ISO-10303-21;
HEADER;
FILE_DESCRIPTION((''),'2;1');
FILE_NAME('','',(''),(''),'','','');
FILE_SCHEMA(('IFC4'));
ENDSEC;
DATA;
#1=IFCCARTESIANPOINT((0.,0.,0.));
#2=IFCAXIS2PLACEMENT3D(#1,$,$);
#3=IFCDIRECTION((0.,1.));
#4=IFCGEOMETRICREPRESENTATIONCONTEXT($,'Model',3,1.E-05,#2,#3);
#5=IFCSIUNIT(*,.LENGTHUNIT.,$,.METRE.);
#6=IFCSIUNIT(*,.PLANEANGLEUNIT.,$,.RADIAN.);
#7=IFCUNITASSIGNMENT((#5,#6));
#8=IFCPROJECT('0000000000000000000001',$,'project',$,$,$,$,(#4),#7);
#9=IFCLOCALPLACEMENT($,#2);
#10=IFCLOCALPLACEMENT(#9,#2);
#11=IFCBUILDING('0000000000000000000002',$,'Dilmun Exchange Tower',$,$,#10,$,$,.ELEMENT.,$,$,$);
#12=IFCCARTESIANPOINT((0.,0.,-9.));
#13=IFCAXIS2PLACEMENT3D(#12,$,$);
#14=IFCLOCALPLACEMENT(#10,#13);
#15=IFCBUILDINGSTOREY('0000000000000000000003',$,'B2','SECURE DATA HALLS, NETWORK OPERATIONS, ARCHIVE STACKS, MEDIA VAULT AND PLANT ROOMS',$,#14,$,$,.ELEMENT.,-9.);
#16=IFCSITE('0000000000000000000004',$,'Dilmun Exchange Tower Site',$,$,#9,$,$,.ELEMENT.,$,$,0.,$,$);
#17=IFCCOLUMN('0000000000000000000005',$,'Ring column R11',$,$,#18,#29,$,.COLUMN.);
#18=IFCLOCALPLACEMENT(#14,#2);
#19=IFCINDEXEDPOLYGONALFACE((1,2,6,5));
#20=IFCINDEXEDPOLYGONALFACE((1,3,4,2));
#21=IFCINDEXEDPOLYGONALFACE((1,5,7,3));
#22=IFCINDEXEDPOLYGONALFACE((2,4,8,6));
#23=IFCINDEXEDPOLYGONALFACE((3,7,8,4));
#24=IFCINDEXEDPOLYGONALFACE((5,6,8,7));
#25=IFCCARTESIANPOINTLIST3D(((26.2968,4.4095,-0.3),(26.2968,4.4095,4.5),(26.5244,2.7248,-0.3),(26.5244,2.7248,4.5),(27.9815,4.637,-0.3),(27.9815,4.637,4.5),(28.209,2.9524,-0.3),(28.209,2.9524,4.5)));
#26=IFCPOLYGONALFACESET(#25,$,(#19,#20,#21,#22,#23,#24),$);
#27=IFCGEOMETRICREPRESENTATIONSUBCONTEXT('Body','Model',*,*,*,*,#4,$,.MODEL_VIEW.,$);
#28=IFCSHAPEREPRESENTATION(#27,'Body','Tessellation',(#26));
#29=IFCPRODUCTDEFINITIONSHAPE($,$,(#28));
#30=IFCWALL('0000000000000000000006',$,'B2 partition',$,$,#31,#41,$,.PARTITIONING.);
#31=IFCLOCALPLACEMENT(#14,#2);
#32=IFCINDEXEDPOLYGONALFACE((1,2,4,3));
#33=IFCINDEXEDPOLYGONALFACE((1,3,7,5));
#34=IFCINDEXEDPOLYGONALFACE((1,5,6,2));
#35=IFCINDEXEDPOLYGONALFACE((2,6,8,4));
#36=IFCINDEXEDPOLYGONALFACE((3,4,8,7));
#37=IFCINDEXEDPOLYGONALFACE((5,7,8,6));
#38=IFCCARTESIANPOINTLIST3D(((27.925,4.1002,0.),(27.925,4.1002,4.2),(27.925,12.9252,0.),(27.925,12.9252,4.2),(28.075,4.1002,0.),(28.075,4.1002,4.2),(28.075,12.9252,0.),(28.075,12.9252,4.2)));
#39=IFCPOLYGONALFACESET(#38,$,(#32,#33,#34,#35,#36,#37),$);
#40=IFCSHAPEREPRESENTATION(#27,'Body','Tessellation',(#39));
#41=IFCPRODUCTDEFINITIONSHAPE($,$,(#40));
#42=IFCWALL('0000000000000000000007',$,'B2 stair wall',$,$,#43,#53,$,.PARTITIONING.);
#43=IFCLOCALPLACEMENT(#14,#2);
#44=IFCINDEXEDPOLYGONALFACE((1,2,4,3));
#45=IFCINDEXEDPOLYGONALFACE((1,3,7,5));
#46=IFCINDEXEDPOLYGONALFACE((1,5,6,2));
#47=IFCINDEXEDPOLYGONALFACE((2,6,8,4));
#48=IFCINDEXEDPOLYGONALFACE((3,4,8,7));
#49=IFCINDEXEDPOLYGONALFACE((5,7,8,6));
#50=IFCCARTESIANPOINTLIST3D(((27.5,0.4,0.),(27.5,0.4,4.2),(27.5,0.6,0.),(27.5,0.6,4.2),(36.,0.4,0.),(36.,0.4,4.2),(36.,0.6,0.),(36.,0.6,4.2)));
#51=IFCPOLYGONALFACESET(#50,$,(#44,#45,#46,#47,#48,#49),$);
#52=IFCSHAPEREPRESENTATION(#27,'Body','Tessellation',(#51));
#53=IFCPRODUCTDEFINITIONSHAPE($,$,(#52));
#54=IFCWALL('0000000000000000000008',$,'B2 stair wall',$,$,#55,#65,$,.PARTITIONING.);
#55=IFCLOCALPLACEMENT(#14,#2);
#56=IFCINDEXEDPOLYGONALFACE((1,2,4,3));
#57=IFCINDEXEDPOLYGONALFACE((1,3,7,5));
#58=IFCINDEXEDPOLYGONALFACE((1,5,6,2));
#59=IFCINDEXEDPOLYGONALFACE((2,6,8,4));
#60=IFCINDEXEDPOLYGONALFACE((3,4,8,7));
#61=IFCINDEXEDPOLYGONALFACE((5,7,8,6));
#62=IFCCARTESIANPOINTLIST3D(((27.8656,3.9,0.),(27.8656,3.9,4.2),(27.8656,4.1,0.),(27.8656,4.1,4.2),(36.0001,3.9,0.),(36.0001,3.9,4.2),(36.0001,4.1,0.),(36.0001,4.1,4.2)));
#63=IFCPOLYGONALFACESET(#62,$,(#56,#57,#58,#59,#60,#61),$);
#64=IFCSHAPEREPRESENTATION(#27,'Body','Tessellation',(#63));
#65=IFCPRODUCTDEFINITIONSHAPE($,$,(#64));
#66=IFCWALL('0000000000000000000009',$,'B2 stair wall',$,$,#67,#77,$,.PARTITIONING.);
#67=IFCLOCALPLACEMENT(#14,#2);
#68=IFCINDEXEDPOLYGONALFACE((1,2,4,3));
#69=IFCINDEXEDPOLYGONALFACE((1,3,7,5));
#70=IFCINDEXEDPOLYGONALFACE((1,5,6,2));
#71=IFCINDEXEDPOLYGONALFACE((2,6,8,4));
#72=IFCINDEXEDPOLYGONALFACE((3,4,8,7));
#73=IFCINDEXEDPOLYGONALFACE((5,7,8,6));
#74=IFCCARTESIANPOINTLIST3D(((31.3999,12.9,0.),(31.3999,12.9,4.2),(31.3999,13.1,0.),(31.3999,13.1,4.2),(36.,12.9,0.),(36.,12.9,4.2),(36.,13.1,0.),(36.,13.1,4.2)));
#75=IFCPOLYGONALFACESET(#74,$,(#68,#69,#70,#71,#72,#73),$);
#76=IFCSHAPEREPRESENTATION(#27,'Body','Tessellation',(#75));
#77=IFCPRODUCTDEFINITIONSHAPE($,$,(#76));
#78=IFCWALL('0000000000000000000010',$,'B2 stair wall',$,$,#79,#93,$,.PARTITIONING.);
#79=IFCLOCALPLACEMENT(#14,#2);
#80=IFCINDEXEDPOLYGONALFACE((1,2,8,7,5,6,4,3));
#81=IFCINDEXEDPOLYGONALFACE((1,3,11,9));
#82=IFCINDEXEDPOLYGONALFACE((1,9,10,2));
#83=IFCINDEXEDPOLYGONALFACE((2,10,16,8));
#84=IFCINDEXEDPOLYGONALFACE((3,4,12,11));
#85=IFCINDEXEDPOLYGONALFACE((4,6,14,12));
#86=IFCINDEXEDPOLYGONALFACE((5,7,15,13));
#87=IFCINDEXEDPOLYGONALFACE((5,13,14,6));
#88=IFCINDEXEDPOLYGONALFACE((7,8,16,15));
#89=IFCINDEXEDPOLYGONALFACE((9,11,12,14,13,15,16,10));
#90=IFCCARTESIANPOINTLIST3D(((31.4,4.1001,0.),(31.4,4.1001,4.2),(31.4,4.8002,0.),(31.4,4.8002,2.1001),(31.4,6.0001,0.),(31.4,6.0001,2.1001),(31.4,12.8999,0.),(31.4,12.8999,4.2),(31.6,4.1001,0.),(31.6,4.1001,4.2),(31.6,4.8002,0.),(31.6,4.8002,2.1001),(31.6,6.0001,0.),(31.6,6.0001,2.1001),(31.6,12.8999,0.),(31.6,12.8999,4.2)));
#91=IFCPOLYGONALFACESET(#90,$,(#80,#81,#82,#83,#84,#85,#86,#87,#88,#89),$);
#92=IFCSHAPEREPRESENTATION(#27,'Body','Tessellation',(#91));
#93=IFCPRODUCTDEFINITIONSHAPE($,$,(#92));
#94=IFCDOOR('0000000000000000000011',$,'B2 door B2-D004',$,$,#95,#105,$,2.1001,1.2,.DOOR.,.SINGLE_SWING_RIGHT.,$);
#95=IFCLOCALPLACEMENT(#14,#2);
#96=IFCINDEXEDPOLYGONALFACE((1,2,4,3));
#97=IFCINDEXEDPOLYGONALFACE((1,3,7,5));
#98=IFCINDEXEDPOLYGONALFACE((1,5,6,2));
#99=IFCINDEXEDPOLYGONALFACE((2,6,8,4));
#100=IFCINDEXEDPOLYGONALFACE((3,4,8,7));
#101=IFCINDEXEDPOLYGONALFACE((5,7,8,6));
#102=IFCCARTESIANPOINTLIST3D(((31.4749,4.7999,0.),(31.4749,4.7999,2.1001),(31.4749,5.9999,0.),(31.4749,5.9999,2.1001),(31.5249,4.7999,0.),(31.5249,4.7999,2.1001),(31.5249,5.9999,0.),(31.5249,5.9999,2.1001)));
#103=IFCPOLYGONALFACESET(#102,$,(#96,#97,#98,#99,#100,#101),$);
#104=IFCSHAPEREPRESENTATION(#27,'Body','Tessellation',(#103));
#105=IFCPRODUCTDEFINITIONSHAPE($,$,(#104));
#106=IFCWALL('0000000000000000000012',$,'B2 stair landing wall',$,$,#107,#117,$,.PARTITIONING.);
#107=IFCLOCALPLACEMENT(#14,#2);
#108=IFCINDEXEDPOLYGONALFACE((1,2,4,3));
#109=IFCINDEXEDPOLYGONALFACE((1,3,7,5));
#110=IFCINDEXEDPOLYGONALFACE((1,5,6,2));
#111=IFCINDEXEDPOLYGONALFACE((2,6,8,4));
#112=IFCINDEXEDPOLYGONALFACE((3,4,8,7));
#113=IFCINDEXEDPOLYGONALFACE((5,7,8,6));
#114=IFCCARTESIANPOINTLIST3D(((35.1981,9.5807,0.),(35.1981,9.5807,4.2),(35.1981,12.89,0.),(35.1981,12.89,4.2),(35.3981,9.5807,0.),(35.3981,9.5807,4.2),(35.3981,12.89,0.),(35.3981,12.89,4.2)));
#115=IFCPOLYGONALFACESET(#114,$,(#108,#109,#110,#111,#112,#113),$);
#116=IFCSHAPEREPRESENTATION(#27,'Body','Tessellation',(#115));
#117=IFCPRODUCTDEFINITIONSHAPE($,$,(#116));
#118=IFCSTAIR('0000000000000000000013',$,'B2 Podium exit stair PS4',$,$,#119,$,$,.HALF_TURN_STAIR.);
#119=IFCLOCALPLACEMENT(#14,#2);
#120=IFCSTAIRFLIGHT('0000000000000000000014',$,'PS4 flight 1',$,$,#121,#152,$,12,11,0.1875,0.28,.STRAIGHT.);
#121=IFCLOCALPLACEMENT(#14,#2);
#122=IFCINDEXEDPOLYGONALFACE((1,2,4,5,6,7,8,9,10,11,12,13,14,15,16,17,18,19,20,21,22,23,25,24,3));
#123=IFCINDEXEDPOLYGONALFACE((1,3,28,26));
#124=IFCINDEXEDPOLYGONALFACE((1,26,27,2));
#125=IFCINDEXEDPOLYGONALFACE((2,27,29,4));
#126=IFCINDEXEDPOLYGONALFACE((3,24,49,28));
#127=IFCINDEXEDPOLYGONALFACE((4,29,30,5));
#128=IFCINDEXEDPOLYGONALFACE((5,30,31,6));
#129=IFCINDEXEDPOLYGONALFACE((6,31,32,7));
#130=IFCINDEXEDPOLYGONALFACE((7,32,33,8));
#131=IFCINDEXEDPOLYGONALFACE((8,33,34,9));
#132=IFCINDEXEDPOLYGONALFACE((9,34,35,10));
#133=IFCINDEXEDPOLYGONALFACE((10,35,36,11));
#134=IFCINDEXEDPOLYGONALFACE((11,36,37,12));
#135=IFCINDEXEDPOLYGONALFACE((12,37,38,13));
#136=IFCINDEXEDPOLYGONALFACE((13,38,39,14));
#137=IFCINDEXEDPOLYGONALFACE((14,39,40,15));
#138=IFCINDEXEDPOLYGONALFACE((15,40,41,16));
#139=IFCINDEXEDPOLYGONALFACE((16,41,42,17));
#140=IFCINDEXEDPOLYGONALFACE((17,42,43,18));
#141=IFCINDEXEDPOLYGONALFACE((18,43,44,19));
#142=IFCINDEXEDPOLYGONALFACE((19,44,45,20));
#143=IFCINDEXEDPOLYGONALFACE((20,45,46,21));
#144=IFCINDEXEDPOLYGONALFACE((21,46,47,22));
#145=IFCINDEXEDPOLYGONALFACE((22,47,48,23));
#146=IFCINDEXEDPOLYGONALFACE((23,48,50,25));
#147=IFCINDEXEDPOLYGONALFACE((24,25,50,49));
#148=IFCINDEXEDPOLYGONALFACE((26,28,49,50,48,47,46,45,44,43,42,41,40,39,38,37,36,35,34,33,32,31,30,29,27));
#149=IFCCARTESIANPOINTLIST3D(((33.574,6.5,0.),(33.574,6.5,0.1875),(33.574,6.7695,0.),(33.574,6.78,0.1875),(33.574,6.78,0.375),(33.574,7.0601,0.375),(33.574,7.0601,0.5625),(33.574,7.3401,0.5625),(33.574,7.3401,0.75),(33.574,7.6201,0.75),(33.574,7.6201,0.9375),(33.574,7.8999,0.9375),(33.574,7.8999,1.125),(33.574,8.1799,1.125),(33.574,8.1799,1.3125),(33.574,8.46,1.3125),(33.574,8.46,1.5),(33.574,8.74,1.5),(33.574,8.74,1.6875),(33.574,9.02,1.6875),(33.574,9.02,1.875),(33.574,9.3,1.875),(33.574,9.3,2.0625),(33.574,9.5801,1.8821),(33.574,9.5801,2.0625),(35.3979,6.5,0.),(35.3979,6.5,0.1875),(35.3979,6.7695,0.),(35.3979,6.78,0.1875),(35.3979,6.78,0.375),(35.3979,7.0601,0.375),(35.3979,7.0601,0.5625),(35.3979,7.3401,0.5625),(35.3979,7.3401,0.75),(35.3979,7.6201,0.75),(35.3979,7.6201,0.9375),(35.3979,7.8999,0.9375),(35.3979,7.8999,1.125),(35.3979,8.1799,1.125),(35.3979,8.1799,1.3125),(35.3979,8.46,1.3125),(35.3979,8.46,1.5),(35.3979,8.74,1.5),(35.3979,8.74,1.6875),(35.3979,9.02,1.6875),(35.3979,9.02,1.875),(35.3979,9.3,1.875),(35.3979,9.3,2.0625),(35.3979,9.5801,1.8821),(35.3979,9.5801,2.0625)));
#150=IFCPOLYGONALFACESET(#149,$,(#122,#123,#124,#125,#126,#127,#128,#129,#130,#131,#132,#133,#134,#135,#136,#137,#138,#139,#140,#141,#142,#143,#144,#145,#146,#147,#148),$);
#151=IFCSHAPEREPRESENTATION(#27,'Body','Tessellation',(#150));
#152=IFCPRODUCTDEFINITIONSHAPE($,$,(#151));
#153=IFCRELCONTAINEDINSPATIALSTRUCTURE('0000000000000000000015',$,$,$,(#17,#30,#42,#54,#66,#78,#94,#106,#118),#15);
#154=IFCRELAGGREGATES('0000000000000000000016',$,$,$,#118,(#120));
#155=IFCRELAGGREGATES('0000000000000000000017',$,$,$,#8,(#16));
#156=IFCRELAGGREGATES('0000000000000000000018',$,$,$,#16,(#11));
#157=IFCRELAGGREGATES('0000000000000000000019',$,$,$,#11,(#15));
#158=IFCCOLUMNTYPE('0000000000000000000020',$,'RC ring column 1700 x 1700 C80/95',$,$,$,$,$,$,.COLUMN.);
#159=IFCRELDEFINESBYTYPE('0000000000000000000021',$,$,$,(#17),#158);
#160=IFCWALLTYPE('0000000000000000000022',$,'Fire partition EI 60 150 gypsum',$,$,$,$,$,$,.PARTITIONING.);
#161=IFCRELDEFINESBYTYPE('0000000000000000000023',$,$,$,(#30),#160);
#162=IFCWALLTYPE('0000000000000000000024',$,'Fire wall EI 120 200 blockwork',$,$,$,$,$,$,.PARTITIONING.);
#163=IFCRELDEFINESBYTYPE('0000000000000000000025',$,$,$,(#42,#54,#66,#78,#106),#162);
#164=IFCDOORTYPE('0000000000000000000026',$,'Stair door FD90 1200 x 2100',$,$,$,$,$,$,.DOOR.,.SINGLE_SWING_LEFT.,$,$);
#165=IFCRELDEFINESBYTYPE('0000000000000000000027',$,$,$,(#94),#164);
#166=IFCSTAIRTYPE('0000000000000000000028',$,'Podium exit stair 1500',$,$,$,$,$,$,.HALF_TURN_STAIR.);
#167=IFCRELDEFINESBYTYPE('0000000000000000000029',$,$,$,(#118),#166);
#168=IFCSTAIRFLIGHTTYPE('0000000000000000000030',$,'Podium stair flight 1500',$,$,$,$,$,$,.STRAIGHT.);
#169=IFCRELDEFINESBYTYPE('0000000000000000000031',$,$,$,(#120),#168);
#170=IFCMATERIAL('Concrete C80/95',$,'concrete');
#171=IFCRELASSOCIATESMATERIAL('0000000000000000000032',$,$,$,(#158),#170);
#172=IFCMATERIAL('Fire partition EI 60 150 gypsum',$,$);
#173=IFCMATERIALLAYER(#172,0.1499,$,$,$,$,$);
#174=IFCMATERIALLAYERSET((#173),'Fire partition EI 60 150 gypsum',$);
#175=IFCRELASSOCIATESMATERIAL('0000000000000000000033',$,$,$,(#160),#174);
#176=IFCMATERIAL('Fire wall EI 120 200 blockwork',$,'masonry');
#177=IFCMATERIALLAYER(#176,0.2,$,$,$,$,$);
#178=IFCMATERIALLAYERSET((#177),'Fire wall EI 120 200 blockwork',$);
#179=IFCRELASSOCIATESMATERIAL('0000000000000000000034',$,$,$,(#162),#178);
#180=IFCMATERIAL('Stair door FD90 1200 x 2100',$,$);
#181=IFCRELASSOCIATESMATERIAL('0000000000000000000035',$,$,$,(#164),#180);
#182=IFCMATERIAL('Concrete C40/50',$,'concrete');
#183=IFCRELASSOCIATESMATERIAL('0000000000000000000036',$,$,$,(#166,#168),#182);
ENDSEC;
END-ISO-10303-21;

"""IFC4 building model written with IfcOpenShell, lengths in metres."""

from ifc_helpers import new_model, si_unit, direction, frame, frame_2d, origin, origin_2d, place, context, subcontext, project, spatial, polyline, rectangle, outline, extrude, material, layer, layer_set, material_profile, profile_set, type_object, element, fill, aggregate, save


model = new_model("IFC4")

# Units and contexts
model_context = context("Model", 3, precision=1e-05, world=origin(), true_north=direction((0.0, 1.0)))
body_context = subcontext(model_context, "Body", "Model", "MODEL_VIEW")
ifc_project = project(units=[si_unit("LENGTHUNIT", "METRE"), si_unit("PLANEANGLEUNIT", "RADIAN")], contexts=[model_context])

# Site, building, storey
site_placement = place(None, origin())
site = spatial("IfcSite", under=ifc_project, at=site_placement, Name="Dilmun Exchange Tower Site", CompositionType="ELEMENT", RefElevation=0.0)
building_placement = place(site_placement, origin())
building = spatial("IfcBuilding", under=site, at=building_placement, Name="Dilmun Exchange Tower", CompositionType="ELEMENT")
storey_placement = place(building_placement, frame((0.0, 0.0, -9.0)))
storey = spatial("IfcBuildingStorey", under=building, at=storey_placement, Name="B2", Description="SECURE DATA HALLS, NETWORK OPERATIONS, ARCHIVE STACKS, MEDIA VAULT AND PLANT ROOMS", CompositionType="ELEMENT", Elevation=-9.0)

# Column
ifc_material_1 = material(Name="Concrete C80/95", Category="concrete")
ifc_material_profile_1 = material_profile(ifc_material_1, rectangle(XDim=1.7, YDim=1.7, at=origin_2d()), Name="1700 x 1700")
ifc_profile_set_1 = profile_set([ifc_material_profile_1], Name="Concrete C80/95")
column_type_1 = type_object("IfcColumnType", Name="RC ring column 1700 x 1700 C80/95", PredefinedType="COLUMN", material=ifc_profile_set_1)
column_1_placement = place(storey_placement, frame((27.2529, 3.6809, -0.3), z_axis=(0.0, 0.0, 1.0), x_axis=(0.991001, 0.133853, 0.0)))
element("IfcColumn", 1, at=column_1_placement, inside=storey, type_object=column_type_1, Name="Ring column R11", PredefinedType="COLUMN", context=body_context, shape_type="SweptSolid", body=[
    extrude(rectangle(XDim=1.7, YDim=1.7, at=origin_2d()), origin(), (0.0, 0.0, 1.0), 4.8),
])

# Walls
ifc_material_2 = material(Name="Fire partition EI 60 150 gypsum")
ifc_layer_1 = layer(ifc_material_2, 0.1499)
ifc_layer_set_1 = layer_set([ifc_layer_1], Name="Fire partition EI 60 150 gypsum")
wall_type_1 = type_object("IfcWallType", Name="Fire partition EI 60 150 gypsum", PredefinedType="PARTITIONING", material=ifc_layer_set_1)
wall_1_placement = place(storey_placement, frame((28.0, 4.1001, 0.0), z_axis=(0.0, 0.0, 1.0), x_axis=(0.0, 1.0, 0.0)))
element("IfcWall", 2, at=wall_1_placement, inside=storey, type_object=wall_type_1, Name="B2 partition", PredefinedType="PARTITIONING", context=body_context, shape_type="SweptSolid", body=[
    extrude(rectangle(XDim=8.825, YDim=0.1499, at=frame_2d((4.4126, 0.0))), origin(), (0.0, 0.0, 1.0), 4.2),
])
ifc_material_3 = material(Name="Fire wall EI 120 200 blockwork", Category="masonry")
ifc_layer_2 = layer(ifc_material_3, 0.2)
ifc_layer_set_2 = layer_set([ifc_layer_2], Name="Fire wall EI 120 200 blockwork")
wall_type_2 = type_object("IfcWallType", Name="Fire wall EI 120 200 blockwork", PredefinedType="PARTITIONING", material=ifc_layer_set_2)
wall_2_placement = place(storey_placement, frame((27.5, 0.5, 0.0), z_axis=(0.0, 0.0, 1.0), x_axis=(1.0, 0.0, 0.0)))
element("IfcWall", 3, at=wall_2_placement, inside=storey, type_object=wall_type_2, Name="B2 stair wall", PredefinedType="PARTITIONING", context=body_context, shape_type="SweptSolid", body=[
    extrude(rectangle(XDim=8.5, YDim=0.2, at=frame_2d((4.25, 0.0))), origin(), (0.0, 0.0, 1.0), 4.2),
])
wall_3_placement = place(storey_placement, frame((27.8655, 4.0, 0.0), z_axis=(0.0, 0.0, 1.0), x_axis=(1.0, 0.0, 0.0)))
element("IfcWall", 4, at=wall_3_placement, inside=storey, type_object=wall_type_2, Name="B2 stair wall", PredefinedType="PARTITIONING", context=body_context, shape_type="SweptSolid", body=[
    extrude(rectangle(XDim=8.1345, YDim=0.2, at=frame_2d((4.0674, 0.0))), origin(), (0.0, 0.0, 1.0), 4.2),
])
wall_4_placement = place(storey_placement, frame((31.3999, 13.0, 0.0), z_axis=(0.0, 0.0, 1.0), x_axis=(1.0, 0.0, 0.0)))
element("IfcWall", 5, at=wall_4_placement, inside=storey, type_object=wall_type_2, Name="B2 stair wall", PredefinedType="PARTITIONING", context=body_context, shape_type="SweptSolid", body=[
    extrude(rectangle(XDim=4.6001, YDim=0.2, at=frame_2d((2.3, 0.0))), origin(), (0.0, 0.0, 1.0), 4.2),
])

# Wall, opening, door
wall_5_placement = place(storey_placement, frame((31.5, 4.1001, 0.0), z_axis=(0.0, 0.0, 1.0), x_axis=(0.0, 1.0, 0.0)))
wall_5 = element("IfcWall", 6, at=wall_5_placement, inside=storey, type_object=wall_type_2, Name="B2 stair wall", PredefinedType="PARTITIONING", context=body_context, shape_type="SweptSolid", body=[
    extrude(rectangle(XDim=8.7998, YDim=0.2, at=frame_2d((4.3999, 0.0))), origin(), (0.0, 0.0, 1.0), 4.2),
])
opening_placement = place(wall_5_placement, frame((0.7, 0.0, 0.0)))
opening = element("IfcOpeningElement", 7, at=opening_placement, cuts=wall_5, PredefinedType="OPENING", context=body_context, shape_type="SweptSolid", body=[
    extrude(rectangle(XDim=1.2, YDim=2.1001, at=frame_2d((0.6001, 1.05))), frame((0.0, 0.1099, 0.0), z_axis=(0.0, -1.0, 0.0), x_axis=(1.0, 0.0, 0.0)), (0.0, 0.0, 1.0), 0.22),
])
ifc_material_4 = material(Name="Stair door FD90 1200 x 2100")
door_type = type_object("IfcDoorType", Name="Stair door FD90 1200 x 2100", OperationType="SINGLE_SWING_LEFT", PredefinedType="DOOR", material=ifc_material_4)
door_placement = place(opening_placement, frame((1.2, 0.0, 0.0), z_axis=(0.0, 0.0, 1.0), x_axis=(-1.0, 0.0, 0.0)))
door = element("IfcDoor", 8, at=door_placement, inside=storey, type_object=door_type, Name="B2 door B2-D004", OperationType="SINGLE_SWING_RIGHT", OverallHeight=2.1001, OverallWidth=1.2, PredefinedType="DOOR", context=body_context, shape_type="SweptSolid", body=[
    extrude(rectangle(XDim=1.2, YDim=2.1001, at=frame_2d((0.6001, 1.05))), frame((0.0, 0.0249, 0.0), z_axis=(0.0, -1.0, 0.0), x_axis=(1.0, 0.0, 0.0)), (0.0, 0.0, 1.0), 0.05),
])
fill(opening, door)

# Wall
wall_6_placement = place(storey_placement, frame((35.2981, 9.5806, 0.0), z_axis=(0.0, 0.0, 1.0), x_axis=(0.0, 1.0, 0.0)))
element("IfcWall", 9, at=wall_6_placement, inside=storey, type_object=wall_type_2, Name="B2 stair landing wall", PredefinedType="PARTITIONING", context=body_context, shape_type="SweptSolid", body=[
    extrude(rectangle(XDim=3.3093, YDim=0.2, at=frame_2d((1.6548, 0.0))), origin(), (0.0, 0.0, 1.0), 4.2),
])

# Stair, stair flight
ifc_material_5 = material(Name="Concrete C40/50", Category="concrete")
stair_type = type_object("IfcStairType", Name="Podium exit stair 1500", PredefinedType="HALF_TURN_STAIR", material=ifc_material_5)
stair_placement = place(storey_placement, origin())
stair = element("IfcStair", 10, at=stair_placement, inside=storey, type_object=stair_type, Name="B2 Podium exit stair PS4", PredefinedType="HALF_TURN_STAIR")
stair_flight_type = type_object("IfcStairFlightType", Name="Podium stair flight 1500", PredefinedType="STRAIGHT", material=ifc_material_5)
stair_flight_1_placement = place(storey_placement, frame((34.4861, 6.5, 0.0), z_axis=(0.0, 0.0, 1.0), x_axis=(0.0, 1.0, 0.0)))
stair_flight_1 = element("IfcStairFlight", 11, at=stair_flight_1_placement, type_object=stair_flight_type, Name="PS4 flight 1", NumberOfRisers=12, NumberOfTreads=11, PredefinedType="STRAIGHT", RiserHeight=0.1875, TreadLength=0.28, context=body_context, shape_type="SweptSolid", body=[
    extrude(outline(polyline([(0.0, 0.0), (0.0, 0.1875), (0.28, 0.1875), (0.28, 0.375), (0.5601, 0.375), (0.5601, 0.5625), (0.8401, 0.5625), (0.8401, 0.75), (1.1201, 0.75), (1.1201, 0.9375), (1.3999, 0.9375), (1.3999, 1.125), (1.6799, 1.125), (1.6799, 1.3125), (1.96, 1.3125), (1.96, 1.5), (2.24, 1.5), (2.24, 1.6875), (2.52, 1.6875), (2.52, 1.875), (2.8, 1.875), (2.8, 2.0625), (3.0801, 2.0625), (3.0801, 2.25), (3.0801, 1.8821), (0.2695, 0.0), (0.0, 0.0)])), frame((0.0, 0.9121, 0.0), z_axis=(0.0, -1.0, 0.0), x_axis=(1.0, 0.0, 0.0)), (0.0, 0.0, 1.0), 1.824),
])
aggregate(stair, [stair_flight_1])

save(model, "model.ifc")
